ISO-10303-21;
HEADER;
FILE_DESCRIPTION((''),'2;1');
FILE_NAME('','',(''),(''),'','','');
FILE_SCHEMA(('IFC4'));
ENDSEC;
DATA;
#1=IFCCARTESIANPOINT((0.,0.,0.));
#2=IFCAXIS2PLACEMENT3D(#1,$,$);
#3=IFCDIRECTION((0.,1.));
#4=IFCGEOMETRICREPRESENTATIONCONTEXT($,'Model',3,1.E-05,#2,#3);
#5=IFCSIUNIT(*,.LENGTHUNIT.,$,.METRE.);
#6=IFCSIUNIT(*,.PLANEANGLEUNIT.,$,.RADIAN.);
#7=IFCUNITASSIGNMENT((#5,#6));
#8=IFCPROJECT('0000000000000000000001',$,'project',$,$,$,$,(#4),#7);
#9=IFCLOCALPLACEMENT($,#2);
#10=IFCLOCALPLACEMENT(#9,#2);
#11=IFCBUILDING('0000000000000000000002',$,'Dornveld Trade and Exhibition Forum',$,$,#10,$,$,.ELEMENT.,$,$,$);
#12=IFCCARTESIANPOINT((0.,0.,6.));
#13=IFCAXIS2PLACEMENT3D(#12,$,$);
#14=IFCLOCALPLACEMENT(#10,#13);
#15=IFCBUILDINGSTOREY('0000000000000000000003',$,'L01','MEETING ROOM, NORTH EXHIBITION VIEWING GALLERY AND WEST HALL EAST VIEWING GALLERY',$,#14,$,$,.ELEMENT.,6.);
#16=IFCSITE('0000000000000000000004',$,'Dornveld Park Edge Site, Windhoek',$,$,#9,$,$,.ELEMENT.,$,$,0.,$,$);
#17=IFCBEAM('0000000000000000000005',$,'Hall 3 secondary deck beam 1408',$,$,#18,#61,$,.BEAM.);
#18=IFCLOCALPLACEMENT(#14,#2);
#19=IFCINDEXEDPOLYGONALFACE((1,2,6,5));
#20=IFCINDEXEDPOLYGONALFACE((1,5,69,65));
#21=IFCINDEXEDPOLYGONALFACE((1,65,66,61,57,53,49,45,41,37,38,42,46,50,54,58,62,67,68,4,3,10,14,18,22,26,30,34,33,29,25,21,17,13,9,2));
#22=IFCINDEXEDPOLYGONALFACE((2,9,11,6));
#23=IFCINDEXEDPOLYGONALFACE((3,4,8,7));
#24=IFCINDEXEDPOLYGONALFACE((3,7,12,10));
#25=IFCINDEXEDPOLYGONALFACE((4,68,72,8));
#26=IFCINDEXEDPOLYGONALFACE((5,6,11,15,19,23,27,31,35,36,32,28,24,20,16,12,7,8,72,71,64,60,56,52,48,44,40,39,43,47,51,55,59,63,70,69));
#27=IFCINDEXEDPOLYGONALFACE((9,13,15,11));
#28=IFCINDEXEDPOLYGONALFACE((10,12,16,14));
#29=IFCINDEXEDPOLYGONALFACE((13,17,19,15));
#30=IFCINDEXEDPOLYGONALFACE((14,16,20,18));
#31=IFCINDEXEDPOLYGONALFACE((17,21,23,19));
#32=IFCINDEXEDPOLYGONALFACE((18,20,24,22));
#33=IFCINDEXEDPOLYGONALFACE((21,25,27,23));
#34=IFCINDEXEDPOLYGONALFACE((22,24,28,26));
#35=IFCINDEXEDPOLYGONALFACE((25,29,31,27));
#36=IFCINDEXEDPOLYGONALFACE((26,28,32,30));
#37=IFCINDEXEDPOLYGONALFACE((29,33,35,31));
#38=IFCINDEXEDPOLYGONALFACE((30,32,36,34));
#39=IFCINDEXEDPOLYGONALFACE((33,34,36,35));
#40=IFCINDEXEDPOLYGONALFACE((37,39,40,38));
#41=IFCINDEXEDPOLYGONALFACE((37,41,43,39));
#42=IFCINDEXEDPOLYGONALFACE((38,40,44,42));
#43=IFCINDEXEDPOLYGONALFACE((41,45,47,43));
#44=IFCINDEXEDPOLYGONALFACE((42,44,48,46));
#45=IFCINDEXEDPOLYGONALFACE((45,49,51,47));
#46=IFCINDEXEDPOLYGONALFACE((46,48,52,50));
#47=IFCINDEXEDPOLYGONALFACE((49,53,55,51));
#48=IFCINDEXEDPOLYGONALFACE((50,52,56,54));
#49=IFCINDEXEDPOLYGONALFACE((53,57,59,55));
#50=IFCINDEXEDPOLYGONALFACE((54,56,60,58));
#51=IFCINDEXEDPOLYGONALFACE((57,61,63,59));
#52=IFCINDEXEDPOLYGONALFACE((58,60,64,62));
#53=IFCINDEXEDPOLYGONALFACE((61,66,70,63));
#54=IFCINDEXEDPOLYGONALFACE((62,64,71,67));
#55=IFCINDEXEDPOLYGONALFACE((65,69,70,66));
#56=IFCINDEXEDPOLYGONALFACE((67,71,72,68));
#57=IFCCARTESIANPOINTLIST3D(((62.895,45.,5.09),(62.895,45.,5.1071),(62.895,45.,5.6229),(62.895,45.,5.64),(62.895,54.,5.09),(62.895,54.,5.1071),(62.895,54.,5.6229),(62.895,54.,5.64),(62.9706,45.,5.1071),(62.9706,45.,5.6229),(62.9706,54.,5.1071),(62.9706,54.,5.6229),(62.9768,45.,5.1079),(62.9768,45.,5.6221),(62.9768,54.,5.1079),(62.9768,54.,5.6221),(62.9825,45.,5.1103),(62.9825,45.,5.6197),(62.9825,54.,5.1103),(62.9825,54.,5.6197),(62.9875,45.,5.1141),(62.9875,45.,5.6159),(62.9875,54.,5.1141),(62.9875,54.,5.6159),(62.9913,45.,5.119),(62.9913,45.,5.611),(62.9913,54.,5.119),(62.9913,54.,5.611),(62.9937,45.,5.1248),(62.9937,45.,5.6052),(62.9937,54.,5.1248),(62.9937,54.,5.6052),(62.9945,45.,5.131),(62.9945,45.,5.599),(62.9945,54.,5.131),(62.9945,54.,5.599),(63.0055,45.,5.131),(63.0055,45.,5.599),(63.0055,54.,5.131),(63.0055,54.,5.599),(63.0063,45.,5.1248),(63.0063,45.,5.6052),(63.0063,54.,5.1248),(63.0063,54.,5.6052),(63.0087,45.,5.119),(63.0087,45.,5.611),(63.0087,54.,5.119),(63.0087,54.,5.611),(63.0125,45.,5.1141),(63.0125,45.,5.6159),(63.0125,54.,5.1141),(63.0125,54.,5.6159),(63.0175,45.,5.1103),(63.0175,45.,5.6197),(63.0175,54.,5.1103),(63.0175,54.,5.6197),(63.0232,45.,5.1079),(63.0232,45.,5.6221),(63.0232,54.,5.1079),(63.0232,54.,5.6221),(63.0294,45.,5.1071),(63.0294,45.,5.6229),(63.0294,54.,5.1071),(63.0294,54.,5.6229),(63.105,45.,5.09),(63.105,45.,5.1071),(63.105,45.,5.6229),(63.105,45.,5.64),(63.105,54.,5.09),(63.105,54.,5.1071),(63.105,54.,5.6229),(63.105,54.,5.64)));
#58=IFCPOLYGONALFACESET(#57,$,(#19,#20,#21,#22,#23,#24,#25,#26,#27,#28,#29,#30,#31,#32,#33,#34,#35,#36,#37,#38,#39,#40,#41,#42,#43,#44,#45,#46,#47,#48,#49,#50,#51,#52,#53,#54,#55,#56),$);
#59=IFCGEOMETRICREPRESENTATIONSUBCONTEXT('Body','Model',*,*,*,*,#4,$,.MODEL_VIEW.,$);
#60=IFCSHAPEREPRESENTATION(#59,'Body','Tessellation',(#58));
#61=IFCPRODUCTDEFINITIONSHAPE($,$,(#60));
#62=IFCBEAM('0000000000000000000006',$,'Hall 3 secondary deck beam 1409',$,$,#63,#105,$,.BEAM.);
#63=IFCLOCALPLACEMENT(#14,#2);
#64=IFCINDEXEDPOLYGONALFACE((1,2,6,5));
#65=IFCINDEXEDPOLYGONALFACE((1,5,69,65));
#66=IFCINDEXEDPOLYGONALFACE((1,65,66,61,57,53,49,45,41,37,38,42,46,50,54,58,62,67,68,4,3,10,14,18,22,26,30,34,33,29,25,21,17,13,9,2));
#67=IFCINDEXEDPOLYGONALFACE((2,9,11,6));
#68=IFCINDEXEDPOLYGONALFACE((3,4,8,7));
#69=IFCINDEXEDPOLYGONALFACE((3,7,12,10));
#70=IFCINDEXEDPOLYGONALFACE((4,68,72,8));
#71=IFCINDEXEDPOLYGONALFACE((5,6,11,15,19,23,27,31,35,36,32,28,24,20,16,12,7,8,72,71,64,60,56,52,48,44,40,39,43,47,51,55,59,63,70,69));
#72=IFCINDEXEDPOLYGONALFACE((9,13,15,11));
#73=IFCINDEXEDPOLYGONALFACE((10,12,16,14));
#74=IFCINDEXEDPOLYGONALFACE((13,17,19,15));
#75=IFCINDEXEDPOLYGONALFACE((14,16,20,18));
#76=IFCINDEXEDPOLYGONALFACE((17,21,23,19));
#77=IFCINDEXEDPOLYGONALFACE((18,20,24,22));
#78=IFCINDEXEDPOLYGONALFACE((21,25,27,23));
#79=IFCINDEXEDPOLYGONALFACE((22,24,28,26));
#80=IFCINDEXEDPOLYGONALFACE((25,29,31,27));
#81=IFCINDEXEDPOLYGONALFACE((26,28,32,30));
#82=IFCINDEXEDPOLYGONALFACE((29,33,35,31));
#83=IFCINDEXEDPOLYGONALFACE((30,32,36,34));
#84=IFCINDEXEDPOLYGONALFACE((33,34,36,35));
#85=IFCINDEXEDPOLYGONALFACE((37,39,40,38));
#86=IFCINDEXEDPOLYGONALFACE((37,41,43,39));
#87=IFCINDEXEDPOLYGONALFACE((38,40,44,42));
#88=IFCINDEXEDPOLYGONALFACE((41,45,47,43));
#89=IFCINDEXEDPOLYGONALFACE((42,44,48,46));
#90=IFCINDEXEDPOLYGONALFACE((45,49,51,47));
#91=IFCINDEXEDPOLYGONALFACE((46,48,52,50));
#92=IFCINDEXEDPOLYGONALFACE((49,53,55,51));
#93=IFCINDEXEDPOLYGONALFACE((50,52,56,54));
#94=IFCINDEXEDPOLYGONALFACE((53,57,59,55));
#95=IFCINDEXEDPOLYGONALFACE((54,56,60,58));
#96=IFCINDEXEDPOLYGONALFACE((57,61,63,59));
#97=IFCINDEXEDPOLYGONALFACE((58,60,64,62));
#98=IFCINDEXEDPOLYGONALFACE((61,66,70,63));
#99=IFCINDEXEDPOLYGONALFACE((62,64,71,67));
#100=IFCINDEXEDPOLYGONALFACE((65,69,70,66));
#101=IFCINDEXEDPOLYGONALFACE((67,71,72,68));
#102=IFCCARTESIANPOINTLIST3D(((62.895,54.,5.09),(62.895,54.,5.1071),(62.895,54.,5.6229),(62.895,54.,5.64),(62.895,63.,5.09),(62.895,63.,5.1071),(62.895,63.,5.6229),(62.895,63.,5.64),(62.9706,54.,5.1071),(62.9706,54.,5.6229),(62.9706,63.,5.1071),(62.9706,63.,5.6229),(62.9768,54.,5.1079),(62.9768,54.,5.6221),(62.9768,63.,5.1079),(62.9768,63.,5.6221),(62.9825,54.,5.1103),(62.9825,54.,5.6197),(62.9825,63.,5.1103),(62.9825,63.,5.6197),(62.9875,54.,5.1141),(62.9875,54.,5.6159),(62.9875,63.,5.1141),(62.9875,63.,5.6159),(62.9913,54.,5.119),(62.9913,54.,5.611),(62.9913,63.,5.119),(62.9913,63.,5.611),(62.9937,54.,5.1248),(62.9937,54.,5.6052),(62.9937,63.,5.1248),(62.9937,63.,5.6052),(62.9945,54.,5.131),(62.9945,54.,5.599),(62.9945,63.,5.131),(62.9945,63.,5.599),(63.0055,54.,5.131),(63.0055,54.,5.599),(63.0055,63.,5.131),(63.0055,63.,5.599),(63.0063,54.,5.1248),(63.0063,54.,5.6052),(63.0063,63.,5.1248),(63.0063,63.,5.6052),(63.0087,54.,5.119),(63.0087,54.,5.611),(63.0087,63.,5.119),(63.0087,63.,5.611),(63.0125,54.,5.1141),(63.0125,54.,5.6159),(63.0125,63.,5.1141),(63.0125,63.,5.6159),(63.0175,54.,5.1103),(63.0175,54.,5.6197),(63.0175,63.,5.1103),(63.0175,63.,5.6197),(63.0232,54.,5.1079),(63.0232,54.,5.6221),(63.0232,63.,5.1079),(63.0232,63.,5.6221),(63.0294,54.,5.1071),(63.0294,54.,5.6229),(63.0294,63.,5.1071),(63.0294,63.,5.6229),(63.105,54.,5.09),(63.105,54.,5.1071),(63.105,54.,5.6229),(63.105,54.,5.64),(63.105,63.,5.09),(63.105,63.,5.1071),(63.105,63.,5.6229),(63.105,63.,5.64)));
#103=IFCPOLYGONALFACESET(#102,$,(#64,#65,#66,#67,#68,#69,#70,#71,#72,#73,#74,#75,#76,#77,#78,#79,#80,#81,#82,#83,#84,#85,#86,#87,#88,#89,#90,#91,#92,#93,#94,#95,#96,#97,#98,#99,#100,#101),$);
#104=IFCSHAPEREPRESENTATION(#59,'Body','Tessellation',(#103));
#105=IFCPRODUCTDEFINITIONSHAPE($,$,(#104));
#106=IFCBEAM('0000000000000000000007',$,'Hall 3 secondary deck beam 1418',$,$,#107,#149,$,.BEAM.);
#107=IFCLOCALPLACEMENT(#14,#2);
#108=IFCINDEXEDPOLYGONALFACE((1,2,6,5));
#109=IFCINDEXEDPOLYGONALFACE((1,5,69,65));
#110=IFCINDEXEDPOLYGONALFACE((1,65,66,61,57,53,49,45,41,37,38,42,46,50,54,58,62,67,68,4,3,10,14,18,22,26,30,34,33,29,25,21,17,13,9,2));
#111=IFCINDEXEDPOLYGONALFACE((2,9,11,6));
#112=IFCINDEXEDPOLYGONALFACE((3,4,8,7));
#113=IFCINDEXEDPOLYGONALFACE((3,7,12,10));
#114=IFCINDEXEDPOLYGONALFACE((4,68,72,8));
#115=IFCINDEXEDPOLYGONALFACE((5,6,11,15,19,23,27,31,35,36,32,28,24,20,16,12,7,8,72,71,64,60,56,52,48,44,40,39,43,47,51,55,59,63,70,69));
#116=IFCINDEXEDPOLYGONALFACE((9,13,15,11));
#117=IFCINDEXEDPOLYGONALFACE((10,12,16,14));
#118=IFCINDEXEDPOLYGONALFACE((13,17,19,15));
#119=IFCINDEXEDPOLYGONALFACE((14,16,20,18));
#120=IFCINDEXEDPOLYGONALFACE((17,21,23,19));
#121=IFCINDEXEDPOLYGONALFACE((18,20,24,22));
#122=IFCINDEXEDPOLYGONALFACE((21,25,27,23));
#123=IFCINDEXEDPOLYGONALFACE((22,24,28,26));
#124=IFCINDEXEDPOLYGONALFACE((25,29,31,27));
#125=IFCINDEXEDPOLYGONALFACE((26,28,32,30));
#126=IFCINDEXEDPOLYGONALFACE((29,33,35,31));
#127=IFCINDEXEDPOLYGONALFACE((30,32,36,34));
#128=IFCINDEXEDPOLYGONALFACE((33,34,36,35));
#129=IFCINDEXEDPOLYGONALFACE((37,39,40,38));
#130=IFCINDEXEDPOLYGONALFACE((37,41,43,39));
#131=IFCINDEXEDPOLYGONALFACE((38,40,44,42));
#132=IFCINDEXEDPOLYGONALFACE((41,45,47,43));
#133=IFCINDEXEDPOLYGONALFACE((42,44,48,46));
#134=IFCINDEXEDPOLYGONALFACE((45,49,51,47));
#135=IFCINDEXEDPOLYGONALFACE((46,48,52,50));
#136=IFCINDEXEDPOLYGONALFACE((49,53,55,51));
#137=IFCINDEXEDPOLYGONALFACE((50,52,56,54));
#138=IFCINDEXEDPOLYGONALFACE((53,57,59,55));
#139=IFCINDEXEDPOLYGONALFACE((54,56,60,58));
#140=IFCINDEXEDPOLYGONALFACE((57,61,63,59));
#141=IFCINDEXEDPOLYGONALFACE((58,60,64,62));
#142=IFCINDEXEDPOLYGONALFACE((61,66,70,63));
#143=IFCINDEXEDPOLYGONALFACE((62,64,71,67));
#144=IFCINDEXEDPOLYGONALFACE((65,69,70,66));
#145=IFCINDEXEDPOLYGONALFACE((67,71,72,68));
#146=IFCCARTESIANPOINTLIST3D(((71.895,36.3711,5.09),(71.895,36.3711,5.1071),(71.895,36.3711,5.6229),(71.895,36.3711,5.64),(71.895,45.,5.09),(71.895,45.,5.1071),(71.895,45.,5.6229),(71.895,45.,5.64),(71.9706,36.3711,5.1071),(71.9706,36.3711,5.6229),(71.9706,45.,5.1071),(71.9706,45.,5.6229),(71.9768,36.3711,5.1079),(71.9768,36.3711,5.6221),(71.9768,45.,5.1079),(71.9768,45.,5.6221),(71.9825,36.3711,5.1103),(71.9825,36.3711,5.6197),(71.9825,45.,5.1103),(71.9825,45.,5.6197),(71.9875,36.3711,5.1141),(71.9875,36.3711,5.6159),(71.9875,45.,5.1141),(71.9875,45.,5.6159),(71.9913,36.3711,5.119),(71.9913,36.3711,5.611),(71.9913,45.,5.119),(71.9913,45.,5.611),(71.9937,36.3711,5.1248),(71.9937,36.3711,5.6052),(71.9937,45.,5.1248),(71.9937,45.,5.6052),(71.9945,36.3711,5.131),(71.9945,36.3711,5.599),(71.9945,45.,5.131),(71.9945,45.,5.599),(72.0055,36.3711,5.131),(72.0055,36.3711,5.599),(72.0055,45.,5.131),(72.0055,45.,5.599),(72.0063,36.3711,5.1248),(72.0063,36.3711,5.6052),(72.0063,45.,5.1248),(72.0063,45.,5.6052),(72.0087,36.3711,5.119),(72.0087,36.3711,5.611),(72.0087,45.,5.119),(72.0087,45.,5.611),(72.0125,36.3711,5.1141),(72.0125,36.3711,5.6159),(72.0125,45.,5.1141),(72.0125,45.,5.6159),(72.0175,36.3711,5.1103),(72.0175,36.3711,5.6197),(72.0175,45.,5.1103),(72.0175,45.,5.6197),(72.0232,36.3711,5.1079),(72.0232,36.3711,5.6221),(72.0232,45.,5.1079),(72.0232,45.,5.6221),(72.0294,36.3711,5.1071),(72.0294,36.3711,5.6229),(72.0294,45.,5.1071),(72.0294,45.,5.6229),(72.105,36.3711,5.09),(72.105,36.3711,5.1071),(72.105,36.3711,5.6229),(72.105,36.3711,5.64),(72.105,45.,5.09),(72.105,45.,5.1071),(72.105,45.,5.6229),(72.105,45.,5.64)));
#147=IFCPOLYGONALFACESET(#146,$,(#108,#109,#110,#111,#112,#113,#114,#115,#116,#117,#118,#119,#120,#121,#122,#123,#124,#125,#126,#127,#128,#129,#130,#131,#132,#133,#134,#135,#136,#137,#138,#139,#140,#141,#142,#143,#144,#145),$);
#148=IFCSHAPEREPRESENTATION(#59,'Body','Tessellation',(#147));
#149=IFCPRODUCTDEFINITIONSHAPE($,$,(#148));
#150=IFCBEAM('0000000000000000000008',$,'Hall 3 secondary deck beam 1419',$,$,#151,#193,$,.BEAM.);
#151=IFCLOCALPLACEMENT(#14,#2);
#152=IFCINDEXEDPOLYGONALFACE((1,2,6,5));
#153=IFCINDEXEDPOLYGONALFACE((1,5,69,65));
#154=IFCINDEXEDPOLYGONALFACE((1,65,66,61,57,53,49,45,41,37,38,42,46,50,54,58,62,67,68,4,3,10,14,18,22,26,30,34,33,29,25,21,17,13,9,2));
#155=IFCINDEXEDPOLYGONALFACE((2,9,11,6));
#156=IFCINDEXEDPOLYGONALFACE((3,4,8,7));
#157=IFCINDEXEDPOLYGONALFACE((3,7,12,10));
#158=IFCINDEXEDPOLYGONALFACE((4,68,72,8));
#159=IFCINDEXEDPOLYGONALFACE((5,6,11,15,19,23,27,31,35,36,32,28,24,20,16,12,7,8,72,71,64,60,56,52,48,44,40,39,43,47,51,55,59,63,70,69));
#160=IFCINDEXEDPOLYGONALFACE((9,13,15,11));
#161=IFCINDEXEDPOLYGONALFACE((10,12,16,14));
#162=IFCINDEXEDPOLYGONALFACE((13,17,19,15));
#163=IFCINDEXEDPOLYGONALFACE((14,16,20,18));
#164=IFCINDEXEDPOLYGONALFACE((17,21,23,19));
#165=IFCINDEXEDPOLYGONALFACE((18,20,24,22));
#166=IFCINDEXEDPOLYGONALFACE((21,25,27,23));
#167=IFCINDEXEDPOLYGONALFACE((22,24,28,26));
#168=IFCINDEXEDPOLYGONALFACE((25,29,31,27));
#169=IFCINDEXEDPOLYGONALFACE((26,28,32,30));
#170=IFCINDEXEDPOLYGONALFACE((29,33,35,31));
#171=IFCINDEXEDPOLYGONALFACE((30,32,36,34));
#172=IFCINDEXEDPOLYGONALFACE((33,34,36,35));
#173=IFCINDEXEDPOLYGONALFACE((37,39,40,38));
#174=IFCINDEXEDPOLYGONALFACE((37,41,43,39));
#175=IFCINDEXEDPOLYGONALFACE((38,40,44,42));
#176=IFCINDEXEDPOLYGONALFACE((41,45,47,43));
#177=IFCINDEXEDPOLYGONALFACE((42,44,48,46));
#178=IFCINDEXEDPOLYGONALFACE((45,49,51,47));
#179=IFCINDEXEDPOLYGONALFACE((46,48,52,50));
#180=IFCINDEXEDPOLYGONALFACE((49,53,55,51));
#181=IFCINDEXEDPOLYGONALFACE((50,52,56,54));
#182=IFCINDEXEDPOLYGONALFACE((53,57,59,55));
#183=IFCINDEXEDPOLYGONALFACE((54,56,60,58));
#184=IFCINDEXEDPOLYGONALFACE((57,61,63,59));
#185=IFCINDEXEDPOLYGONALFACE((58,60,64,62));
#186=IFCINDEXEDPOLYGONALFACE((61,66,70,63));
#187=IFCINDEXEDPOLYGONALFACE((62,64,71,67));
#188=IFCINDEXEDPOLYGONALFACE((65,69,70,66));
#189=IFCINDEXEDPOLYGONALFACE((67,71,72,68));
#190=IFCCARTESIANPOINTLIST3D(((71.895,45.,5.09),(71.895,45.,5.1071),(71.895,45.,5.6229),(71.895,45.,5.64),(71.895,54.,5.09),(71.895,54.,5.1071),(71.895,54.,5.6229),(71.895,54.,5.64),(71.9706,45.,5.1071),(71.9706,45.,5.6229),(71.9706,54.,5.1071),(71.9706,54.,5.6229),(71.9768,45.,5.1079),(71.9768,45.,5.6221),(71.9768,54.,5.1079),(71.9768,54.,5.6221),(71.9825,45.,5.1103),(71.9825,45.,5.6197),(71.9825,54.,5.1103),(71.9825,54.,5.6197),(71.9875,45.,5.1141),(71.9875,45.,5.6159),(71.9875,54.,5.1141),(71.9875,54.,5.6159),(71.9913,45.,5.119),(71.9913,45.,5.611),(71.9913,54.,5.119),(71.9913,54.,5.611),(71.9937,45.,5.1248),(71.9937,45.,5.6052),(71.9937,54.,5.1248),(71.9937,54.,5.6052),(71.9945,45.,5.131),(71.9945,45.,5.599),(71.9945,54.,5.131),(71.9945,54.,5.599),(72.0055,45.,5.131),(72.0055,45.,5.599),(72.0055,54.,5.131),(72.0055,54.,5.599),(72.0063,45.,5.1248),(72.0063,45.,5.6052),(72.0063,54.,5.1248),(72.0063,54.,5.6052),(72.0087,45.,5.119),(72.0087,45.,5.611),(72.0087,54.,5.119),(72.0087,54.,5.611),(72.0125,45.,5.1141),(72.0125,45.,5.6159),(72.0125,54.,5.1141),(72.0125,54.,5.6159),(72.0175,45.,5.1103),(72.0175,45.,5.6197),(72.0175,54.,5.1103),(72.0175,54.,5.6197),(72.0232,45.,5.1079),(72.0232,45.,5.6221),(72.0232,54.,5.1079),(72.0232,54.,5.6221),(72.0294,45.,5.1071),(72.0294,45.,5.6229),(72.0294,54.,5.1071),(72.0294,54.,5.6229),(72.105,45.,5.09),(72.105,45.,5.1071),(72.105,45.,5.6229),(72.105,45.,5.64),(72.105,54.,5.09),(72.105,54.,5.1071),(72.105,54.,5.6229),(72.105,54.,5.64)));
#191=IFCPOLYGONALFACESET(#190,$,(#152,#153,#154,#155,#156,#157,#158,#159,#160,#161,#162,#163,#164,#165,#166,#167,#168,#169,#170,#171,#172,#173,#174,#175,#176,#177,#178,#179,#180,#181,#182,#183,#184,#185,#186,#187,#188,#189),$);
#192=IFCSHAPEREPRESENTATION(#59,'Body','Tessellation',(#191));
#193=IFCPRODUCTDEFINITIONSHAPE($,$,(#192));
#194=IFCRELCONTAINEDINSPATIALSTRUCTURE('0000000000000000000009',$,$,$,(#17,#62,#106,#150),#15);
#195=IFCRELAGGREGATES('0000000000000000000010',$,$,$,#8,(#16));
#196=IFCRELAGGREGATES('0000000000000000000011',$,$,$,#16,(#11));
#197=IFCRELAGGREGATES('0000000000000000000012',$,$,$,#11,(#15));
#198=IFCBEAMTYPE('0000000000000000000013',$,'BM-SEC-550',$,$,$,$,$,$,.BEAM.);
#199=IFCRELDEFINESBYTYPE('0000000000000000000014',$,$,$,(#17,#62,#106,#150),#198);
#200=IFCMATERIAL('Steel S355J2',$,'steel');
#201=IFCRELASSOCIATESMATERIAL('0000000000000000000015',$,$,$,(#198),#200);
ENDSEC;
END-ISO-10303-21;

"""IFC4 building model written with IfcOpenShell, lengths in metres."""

from ifc_helpers import new_model, si_unit, direction, frame, origin, origin_2d, place, context, subcontext, project, spatial, i_section, extrude, material, material_profile, profile_set, type_object, element, save


model = new_model("IFC4")

# Units and contexts
model_context = context("Model", 3, precision=1e-05, world=origin(), true_north=direction((0.0, 1.0)))
body_context = subcontext(model_context, "Body", "Model", "MODEL_VIEW")
ifc_project = project(units=[si_unit("LENGTHUNIT", "METRE"), si_unit("PLANEANGLEUNIT", "RADIAN")], contexts=[model_context])

# Site, building, storey
site_placement = place(None, origin())
site = spatial("IfcSite", under=ifc_project, at=site_placement, Name="Dornveld Park Edge Site, Windhoek", CompositionType="ELEMENT", RefElevation=0.0)
building_placement = place(site_placement, origin())
building = spatial("IfcBuilding", under=site, at=building_placement, Name="Dornveld Trade and Exhibition Forum", CompositionType="ELEMENT")
storey_placement = place(building_placement, frame((0.0, 0.0, 6.0)))
storey = spatial("IfcBuildingStorey", under=building, at=storey_placement, Name="L01", Description="MEETING ROOM, NORTH EXHIBITION VIEWING GALLERY AND WEST HALL EAST VIEWING GALLERY", CompositionType="ELEMENT", Elevation=6.0)

# Beams
ifc_material_1 = material(Name="Steel S355J2", Category="steel")
ifc_material_profile_1 = material_profile(ifc_material_1, i_section(OverallWidth=0.21, OverallDepth=0.55, WebThickness=0.011, FlangeThickness=0.0171, FilletRadius=0.0239, at=origin_2d()), Name="IPE 550")
ifc_profile_set_1 = profile_set([ifc_material_profile_1], Name="Steel S355J2")
beam_type_1 = type_object("IfcBeamType", Name="BM-SEC-550", PredefinedType="BEAM", material=ifc_profile_set_1)
for number, where, z_axis, x_axis, name in (
    (1, (63.0, 45.0, 5.365), (0.0, 1.0, 0.0), (-1.0, 0.0, 0.0), "Hall 3 secondary deck beam 1408"),
    (2, (63.0, 54.0, 5.365), (0.0, 1.0, 0.0), (-1.0, 0.0, 0.0), "Hall 3 secondary deck beam 1409"),
):
    element("IfcBeam", number, at=place(storey_placement, frame(where, z_axis=z_axis, x_axis=x_axis)), inside=storey, type_object=beam_type_1, Name=name, PredefinedType="BEAM", context=body_context, shape_type="SweptSolid", body=[
        extrude(i_section(OverallWidth=0.21, OverallDepth=0.55, WebThickness=0.011, FlangeThickness=0.0171, FilletRadius=0.0239, at=origin_2d()), origin(), (0.0, 0.0, 1.0), 9.0),
    ])
beam_1_placement = place(storey_placement, frame((72.0, 36.3711, 5.365), z_axis=(0.0, 1.0, 0.0), x_axis=(-1.0, 0.0, 0.0)))
element("IfcBeam", 3, at=beam_1_placement, inside=storey, type_object=beam_type_1, Name="Hall 3 secondary deck beam 1418", PredefinedType="BEAM", context=body_context, shape_type="SweptSolid", body=[
    extrude(i_section(OverallWidth=0.21, OverallDepth=0.55, WebThickness=0.011, FlangeThickness=0.0171, FilletRadius=0.0239, at=origin_2d()), origin(), (0.0, 0.0, 1.0), 8.6289),
])
beam_2_placement = place(storey_placement, frame((72.0, 45.0, 5.365), z_axis=(0.0, 1.0, 0.0), x_axis=(-1.0, 0.0, 0.0)))
element("IfcBeam", 4, at=beam_2_placement, inside=storey, type_object=beam_type_1, Name="Hall 3 secondary deck beam 1419", PredefinedType="BEAM", context=body_context, shape_type="SweptSolid", body=[
    extrude(i_section(OverallWidth=0.21, OverallDepth=0.55, WebThickness=0.011, FlangeThickness=0.0171, FilletRadius=0.0239, at=origin_2d()), origin(), (0.0, 0.0, 1.0), 9.0),
])

save(model, "model.ifc")
